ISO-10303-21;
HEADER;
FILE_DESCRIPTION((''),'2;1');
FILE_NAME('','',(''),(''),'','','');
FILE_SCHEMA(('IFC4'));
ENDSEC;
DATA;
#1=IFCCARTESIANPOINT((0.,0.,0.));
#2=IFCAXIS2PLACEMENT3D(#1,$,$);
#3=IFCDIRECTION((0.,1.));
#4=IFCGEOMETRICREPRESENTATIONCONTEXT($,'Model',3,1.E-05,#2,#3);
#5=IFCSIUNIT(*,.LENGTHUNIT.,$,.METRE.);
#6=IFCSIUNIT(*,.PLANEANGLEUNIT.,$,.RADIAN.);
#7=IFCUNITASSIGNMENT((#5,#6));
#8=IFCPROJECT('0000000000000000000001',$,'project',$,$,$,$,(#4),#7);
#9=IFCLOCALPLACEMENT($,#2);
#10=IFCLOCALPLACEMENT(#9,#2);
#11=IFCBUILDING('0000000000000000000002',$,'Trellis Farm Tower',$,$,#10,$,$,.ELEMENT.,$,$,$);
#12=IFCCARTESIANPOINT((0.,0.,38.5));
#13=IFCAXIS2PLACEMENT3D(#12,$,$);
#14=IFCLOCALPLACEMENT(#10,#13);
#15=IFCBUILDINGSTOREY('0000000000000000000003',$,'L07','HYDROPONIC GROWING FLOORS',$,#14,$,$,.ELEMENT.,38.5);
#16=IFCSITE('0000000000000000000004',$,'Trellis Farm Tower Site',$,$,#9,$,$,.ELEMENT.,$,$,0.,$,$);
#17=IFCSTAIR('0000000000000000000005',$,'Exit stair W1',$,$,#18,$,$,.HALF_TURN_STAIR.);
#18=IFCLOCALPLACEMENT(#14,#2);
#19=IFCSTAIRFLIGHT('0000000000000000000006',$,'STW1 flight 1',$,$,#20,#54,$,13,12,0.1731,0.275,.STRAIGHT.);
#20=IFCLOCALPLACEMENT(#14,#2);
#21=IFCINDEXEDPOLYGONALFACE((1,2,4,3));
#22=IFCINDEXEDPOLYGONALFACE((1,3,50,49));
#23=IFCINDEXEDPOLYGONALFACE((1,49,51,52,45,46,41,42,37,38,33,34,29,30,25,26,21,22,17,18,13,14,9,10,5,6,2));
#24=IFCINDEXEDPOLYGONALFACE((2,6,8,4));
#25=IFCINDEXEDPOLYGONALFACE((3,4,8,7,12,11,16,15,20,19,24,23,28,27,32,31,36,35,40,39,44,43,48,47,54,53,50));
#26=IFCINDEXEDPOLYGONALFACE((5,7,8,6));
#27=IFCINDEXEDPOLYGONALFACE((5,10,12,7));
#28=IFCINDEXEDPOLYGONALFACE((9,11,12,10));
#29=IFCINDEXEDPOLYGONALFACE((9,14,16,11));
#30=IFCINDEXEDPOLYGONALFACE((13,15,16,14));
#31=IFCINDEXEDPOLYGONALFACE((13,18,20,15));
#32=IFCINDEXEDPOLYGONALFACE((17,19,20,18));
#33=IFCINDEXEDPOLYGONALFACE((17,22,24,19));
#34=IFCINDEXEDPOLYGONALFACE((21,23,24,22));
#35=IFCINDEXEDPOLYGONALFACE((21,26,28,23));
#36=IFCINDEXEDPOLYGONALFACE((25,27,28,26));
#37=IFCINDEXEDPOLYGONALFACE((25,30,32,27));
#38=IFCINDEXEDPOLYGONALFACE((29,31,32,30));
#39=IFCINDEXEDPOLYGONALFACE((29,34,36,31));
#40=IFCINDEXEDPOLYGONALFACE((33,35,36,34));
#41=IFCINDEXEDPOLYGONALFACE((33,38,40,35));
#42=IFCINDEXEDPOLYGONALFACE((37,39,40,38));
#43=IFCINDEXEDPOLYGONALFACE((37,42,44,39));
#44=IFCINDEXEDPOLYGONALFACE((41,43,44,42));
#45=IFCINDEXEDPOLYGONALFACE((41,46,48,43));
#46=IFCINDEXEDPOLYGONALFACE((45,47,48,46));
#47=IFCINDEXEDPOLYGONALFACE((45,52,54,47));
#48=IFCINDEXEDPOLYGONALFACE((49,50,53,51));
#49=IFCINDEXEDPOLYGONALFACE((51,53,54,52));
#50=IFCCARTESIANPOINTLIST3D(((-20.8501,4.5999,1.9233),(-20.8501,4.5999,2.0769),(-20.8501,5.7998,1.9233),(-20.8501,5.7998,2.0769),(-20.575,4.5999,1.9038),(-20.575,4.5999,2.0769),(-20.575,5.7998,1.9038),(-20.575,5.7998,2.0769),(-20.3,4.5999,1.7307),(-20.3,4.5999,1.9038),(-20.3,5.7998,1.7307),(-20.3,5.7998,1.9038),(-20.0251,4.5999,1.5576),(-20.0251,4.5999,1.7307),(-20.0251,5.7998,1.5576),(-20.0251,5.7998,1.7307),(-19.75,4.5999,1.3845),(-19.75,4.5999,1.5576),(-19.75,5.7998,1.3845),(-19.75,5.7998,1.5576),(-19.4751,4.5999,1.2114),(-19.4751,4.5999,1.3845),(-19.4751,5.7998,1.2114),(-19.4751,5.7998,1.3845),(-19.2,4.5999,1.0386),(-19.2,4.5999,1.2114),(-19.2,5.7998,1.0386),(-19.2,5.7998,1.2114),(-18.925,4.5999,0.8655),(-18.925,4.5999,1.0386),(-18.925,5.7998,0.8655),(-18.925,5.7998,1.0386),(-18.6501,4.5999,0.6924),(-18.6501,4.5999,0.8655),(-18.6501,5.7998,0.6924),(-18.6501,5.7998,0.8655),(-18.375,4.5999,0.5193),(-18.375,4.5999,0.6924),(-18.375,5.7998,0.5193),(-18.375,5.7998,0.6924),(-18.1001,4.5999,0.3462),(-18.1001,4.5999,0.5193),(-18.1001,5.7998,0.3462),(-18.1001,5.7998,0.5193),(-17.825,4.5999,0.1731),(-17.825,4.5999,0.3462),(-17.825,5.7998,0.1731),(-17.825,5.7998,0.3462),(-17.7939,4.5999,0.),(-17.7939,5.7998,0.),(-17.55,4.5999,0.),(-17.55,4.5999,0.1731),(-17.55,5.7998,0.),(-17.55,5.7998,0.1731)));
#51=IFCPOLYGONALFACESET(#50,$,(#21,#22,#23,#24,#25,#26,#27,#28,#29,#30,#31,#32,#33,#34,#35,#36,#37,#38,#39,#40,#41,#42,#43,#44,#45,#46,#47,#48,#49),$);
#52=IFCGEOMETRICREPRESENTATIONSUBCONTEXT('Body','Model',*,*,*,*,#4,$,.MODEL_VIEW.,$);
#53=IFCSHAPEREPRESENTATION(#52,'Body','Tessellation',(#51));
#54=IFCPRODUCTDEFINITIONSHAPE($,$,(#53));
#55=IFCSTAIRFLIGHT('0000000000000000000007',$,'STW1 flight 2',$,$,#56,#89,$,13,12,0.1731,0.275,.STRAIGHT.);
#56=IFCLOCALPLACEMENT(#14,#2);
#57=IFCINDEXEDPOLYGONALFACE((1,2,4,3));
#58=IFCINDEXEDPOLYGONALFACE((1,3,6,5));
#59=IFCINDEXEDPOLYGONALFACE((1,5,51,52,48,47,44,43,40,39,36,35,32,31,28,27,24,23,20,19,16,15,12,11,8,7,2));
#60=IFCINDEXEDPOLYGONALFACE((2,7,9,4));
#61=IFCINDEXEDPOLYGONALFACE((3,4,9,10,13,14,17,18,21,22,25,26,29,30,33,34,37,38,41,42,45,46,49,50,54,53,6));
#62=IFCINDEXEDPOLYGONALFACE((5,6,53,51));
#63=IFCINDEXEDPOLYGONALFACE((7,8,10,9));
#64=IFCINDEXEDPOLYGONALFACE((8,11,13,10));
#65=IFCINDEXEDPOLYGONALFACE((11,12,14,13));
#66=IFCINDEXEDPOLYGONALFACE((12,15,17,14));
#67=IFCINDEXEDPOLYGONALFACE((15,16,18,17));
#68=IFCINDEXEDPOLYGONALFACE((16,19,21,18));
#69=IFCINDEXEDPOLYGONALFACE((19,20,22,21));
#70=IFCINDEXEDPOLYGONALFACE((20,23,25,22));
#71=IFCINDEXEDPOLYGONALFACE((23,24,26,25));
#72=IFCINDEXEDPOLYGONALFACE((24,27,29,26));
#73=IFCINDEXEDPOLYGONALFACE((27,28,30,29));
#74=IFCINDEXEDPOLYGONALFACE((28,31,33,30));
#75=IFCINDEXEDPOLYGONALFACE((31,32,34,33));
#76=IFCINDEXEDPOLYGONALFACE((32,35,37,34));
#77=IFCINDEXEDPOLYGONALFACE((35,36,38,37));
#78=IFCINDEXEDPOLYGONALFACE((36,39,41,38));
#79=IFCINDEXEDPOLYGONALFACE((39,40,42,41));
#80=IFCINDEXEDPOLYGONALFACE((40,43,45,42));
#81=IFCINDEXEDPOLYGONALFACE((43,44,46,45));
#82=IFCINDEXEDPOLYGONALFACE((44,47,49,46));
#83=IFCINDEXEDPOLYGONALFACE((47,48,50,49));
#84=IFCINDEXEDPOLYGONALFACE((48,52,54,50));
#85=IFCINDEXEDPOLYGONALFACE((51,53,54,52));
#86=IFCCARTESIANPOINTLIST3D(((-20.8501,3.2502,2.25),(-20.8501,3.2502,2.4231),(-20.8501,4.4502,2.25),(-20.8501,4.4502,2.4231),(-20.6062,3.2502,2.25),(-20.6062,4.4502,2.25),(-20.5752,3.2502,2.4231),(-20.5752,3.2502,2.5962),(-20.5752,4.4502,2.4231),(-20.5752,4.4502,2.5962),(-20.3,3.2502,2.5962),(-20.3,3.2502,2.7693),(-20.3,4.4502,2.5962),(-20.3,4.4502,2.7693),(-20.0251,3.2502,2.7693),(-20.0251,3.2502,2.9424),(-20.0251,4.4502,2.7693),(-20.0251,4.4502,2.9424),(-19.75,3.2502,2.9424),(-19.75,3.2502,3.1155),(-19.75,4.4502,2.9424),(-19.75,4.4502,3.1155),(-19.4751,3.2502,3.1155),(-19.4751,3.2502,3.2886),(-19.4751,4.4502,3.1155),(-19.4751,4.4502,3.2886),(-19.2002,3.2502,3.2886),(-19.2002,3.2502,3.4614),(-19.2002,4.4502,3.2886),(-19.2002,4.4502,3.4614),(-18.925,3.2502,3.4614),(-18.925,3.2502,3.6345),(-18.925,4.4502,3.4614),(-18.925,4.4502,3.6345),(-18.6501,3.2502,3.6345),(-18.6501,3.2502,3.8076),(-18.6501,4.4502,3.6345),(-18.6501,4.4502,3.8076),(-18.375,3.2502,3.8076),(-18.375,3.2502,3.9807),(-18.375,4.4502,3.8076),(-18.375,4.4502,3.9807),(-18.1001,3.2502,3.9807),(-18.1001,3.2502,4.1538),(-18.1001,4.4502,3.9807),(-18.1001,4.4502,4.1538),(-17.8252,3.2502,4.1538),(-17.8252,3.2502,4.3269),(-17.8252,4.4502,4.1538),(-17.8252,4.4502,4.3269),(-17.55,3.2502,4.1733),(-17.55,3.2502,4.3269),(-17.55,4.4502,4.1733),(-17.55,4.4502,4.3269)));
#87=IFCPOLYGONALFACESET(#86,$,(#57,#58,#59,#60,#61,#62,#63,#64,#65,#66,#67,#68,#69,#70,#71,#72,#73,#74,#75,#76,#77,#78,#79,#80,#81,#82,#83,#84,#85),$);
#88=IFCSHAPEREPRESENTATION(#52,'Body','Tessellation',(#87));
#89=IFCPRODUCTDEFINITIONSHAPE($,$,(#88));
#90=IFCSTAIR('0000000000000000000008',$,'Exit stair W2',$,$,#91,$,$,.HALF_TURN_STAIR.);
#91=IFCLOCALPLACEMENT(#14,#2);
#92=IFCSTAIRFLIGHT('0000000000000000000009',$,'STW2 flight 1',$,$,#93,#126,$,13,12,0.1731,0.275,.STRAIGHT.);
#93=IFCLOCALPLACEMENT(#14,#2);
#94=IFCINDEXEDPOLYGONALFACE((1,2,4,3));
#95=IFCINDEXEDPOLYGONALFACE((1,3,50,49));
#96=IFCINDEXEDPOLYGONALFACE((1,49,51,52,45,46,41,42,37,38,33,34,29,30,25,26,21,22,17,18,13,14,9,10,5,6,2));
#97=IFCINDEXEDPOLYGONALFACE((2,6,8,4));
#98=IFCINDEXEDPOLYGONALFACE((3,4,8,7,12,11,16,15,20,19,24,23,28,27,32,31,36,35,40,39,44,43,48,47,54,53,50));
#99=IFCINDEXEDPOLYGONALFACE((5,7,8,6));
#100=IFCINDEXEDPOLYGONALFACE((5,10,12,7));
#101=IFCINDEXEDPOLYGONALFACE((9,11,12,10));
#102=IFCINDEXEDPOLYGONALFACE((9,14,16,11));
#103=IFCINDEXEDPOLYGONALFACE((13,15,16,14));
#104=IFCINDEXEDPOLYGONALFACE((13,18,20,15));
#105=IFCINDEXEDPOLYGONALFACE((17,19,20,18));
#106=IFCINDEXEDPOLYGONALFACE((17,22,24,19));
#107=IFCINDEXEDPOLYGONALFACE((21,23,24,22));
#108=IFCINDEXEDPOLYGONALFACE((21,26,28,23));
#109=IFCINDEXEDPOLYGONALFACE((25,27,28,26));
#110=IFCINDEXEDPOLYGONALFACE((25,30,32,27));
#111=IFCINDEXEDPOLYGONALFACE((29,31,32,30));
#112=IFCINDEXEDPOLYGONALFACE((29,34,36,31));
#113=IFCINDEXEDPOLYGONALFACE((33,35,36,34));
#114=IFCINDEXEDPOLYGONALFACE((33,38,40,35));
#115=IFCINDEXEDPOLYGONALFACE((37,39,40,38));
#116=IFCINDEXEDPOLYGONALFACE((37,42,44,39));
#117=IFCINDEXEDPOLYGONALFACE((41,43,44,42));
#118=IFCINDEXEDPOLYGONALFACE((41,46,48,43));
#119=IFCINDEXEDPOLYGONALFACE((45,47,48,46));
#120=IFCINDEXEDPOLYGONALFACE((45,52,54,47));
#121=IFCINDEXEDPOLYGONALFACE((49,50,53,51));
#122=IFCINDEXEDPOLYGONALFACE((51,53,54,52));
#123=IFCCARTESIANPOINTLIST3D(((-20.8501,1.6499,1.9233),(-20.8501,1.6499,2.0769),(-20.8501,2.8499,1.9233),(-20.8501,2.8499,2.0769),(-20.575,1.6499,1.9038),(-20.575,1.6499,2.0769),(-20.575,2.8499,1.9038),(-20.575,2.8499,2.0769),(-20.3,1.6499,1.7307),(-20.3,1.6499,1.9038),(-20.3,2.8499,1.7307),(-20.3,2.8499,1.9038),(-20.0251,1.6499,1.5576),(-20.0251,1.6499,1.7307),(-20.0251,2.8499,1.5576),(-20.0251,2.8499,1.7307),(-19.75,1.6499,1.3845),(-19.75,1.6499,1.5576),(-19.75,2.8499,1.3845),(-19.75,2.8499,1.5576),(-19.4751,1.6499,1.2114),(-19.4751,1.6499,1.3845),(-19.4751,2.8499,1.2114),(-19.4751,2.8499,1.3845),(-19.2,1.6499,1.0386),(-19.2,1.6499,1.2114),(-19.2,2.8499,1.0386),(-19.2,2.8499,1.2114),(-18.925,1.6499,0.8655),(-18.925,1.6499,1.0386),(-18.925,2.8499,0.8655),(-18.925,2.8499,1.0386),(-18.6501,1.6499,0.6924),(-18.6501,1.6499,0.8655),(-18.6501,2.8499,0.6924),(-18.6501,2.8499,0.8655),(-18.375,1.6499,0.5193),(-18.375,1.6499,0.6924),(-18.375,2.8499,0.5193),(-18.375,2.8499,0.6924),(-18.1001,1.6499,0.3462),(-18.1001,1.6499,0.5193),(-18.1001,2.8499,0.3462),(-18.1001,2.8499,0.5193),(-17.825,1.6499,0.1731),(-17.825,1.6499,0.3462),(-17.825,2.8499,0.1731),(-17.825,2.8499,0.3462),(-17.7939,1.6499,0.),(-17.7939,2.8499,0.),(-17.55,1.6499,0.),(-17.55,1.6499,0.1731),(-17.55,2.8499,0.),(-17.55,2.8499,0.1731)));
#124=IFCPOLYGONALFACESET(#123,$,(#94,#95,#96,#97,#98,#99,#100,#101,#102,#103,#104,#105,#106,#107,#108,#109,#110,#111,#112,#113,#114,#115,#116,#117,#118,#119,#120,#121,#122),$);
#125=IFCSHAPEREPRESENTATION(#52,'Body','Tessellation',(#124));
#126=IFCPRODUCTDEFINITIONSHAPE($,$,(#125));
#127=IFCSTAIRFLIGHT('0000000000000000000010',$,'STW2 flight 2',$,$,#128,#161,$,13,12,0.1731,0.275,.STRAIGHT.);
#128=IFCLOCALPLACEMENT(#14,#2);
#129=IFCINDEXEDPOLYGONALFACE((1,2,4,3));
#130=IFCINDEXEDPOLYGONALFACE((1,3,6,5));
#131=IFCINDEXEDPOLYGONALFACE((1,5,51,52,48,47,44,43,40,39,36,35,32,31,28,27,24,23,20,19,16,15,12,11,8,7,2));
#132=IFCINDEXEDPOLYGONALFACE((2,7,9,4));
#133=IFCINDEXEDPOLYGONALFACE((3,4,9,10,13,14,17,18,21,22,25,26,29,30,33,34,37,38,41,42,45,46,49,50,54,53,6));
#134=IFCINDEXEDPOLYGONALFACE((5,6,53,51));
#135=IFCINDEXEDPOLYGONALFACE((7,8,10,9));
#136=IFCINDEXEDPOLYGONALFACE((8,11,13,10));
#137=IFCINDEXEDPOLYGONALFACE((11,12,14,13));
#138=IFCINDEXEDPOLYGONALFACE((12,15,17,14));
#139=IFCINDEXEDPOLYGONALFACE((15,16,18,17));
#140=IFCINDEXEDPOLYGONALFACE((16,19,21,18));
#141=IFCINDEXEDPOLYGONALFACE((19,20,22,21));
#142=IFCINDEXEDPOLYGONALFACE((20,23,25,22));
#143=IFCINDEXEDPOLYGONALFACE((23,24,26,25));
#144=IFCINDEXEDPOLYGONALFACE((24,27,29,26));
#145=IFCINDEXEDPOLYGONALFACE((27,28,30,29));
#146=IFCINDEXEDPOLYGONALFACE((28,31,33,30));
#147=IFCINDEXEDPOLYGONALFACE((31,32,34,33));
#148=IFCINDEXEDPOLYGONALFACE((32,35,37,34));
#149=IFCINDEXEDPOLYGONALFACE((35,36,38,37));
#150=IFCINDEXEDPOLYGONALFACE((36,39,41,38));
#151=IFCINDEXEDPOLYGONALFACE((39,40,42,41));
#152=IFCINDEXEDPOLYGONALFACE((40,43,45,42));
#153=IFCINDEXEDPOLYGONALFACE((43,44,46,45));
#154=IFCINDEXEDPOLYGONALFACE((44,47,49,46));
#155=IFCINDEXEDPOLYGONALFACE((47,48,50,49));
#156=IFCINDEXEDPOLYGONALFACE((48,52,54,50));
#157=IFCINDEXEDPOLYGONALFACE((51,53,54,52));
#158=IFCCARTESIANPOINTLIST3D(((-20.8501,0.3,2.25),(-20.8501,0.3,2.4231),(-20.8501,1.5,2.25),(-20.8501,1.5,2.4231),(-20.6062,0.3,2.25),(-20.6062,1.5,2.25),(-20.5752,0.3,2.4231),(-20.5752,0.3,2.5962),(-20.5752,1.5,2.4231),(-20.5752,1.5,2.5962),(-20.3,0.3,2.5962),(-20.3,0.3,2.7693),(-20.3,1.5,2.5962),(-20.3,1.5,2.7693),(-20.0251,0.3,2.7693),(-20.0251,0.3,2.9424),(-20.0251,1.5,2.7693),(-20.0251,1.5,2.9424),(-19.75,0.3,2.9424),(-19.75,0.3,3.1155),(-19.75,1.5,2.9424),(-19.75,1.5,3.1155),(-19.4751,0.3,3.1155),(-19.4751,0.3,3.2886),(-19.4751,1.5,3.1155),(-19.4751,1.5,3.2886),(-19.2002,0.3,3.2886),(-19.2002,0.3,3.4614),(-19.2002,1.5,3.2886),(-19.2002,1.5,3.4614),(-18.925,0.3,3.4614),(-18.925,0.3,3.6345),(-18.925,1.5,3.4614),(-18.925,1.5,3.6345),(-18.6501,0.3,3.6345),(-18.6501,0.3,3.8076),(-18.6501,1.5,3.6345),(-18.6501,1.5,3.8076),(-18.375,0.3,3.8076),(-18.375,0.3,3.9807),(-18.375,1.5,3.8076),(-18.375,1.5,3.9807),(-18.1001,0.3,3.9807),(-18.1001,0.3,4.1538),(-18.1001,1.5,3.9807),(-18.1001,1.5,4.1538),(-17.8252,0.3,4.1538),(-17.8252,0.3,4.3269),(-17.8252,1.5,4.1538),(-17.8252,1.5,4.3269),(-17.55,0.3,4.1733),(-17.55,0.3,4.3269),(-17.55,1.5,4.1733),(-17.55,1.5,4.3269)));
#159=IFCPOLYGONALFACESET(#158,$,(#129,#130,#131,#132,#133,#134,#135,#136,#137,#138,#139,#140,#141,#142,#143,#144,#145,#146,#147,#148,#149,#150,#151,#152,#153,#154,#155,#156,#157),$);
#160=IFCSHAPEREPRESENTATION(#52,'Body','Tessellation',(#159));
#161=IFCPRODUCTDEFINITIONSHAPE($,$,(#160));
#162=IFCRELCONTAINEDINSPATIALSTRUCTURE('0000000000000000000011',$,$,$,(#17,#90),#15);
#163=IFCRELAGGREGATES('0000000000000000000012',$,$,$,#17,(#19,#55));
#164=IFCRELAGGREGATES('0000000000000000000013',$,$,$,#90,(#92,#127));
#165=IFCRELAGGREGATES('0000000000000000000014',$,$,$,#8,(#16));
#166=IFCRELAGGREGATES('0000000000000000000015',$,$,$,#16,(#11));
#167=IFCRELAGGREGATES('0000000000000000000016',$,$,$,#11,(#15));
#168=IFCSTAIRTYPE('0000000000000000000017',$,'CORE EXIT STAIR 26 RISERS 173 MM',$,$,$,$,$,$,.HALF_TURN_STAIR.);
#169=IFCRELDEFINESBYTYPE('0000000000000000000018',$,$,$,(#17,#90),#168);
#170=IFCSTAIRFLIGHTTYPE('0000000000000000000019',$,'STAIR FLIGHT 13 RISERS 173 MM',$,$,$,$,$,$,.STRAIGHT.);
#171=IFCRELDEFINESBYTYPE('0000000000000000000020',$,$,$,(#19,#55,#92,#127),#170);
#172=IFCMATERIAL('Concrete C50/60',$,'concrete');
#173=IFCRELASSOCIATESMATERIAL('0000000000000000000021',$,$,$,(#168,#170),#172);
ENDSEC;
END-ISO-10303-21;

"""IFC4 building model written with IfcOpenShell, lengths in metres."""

from ifc_helpers import new_model, si_unit, direction, frame, origin, place, context, subcontext, project, spatial, polyline, outline, extrude, source, transform, mapped, material, type_object, element, aggregate, save


model = new_model("IFC4")

# Units and contexts
model_context = context("Model", 3, precision=1e-05, world=origin(), true_north=direction((0.0, 1.0)))
body_context = subcontext(model_context, "Body", "Model", "MODEL_VIEW")
ifc_project = project(units=[si_unit("LENGTHUNIT", "METRE"), si_unit("PLANEANGLEUNIT", "RADIAN")], contexts=[model_context])

# Site, building, storey
site_placement = place(None, origin())
site = spatial("IfcSite", under=ifc_project, at=site_placement, Name="Trellis Farm Tower Site", CompositionType="ELEMENT", RefElevation=0.0)
building_placement = place(site_placement, origin())
building = spatial("IfcBuilding", under=site, at=building_placement, Name="Trellis Farm Tower", CompositionType="ELEMENT")
storey_placement = place(building_placement, frame((0.0, 0.0, 38.5)))
storey = spatial("IfcBuildingStorey", under=building, at=storey_placement, Name="L07", Description="HYDROPONIC GROWING FLOORS", CompositionType="ELEMENT", Elevation=38.5)

# Shared definitions
placement = place(storey_placement, origin())

# Stairs, stair flights
ifc_material_1 = material(Name="Concrete C50/60", Category="concrete")
stair_type = type_object("IfcStairType", Name="CORE EXIT STAIR 26 RISERS 173 MM", PredefinedType="HALF_TURN_STAIR", material=ifc_material_1)
stair_1 = element("IfcStair", 1, at=placement, inside=storey, type_object=stair_type, Name="Exit stair W1", PredefinedType="HALF_TURN_STAIR")
stair_flight_type = type_object("IfcStairFlightType", Name="STAIR FLIGHT 13 RISERS 173 MM", PredefinedType="STRAIGHT", material=ifc_material_1)
shared_shape_1 = source(origin(), body_context, "Body", "SweptSolid", [
    extrude(outline(polyline([(0.0, 0.0), (0.0, 0.1731), (0.2749, 0.1731), (0.2749, 0.3462), (0.55, 0.3462), (0.55, 0.5193), (0.825, 0.5193), (0.825, 0.6924), (1.1001, 0.6924), (1.1001, 0.8655), (1.375, 0.8655), (1.375, 1.0386), (1.6499, 1.0386), (1.6499, 1.2114), (1.925, 1.2114), (1.925, 1.3845), (2.2, 1.3845), (2.2, 1.5576), (2.4751, 1.5576), (2.4751, 1.7307), (2.75, 1.7307), (2.75, 1.9038), (3.0249, 1.9038), (3.0249, 2.0769), (3.3, 2.0769), (3.3, 2.25), (3.3, 1.9233), (0.2439, 0.0), (0.0, 0.0)])), frame((0.0, 0.6001, 0.0), z_axis=(0.0, -1.0, 0.0), x_axis=(1.0, 0.0, 0.0)), (0.0, 0.0, 1.0), 1.2),
])
stair_flight_1_placement = place(storey_placement, frame((-17.55, 5.2, 0.0), z_axis=(0.0, 0.0, 1.0), x_axis=(-1.0, 0.0, 0.0)))
stair_flight_1 = element("IfcStairFlight", 2, at=stair_flight_1_placement, type_object=stair_flight_type, Name="STW1 flight 1", NumberOfRisers=13, NumberOfTreads=12, PredefinedType="STRAIGHT", RiserHeight=0.1731, TreadLength=0.275, context=body_context, shape_type="MappedRepresentation", body=[
    mapped(shared_shape_1, transform((0.0, 0.0, 0.0))),
])
stair_flight_2_placement = place(storey_placement, frame((-20.8501, 3.8501, 2.25), z_axis=(0.0, 0.0, 1.0), x_axis=(1.0, 0.0, 0.0)))
stair_flight_2 = element("IfcStairFlight", 3, at=stair_flight_2_placement, type_object=stair_flight_type, Name="STW1 flight 2", NumberOfRisers=13, NumberOfTreads=12, PredefinedType="STRAIGHT", RiserHeight=0.1731, TreadLength=0.275, context=body_context, shape_type="MappedRepresentation", body=[
    mapped(shared_shape_1, transform((0.0, 0.0, 0.0))),
])
aggregate(stair_1, [stair_flight_1, stair_flight_2])
stair_2 = element("IfcStair", 4, at=placement, inside=storey, type_object=stair_type, Name="Exit stair W2", PredefinedType="HALF_TURN_STAIR")
stair_flight_3_placement = place(storey_placement, frame((-17.55, 2.25, 0.0), z_axis=(0.0, 0.0, 1.0), x_axis=(-1.0, 0.0, 0.0)))
stair_flight_3 = element("IfcStairFlight", 5, at=stair_flight_3_placement, type_object=stair_flight_type, Name="STW2 flight 1", NumberOfRisers=13, NumberOfTreads=12, PredefinedType="STRAIGHT", RiserHeight=0.1731, TreadLength=0.275, context=body_context, shape_type="MappedRepresentation", body=[
    mapped(shared_shape_1, transform((0.0, 0.0, 0.0))),
])
stair_flight_4_placement = place(storey_placement, frame((-20.8501, 0.8999, 2.25), z_axis=(0.0, 0.0, 1.0), x_axis=(1.0, 0.0, 0.0)))
stair_flight_4 = element("IfcStairFlight", 6, at=stair_flight_4_placement, type_object=stair_flight_type, Name="STW2 flight 2", NumberOfRisers=13, NumberOfTreads=12, PredefinedType="STRAIGHT", RiserHeight=0.1731, TreadLength=0.275, context=body_context, shape_type="MappedRepresentation", body=[
    mapped(shared_shape_1, transform((0.0, 0.0, 0.0))),
])
aggregate(stair_2, [stair_flight_3, stair_flight_4])

save(model, "model.ifc")
